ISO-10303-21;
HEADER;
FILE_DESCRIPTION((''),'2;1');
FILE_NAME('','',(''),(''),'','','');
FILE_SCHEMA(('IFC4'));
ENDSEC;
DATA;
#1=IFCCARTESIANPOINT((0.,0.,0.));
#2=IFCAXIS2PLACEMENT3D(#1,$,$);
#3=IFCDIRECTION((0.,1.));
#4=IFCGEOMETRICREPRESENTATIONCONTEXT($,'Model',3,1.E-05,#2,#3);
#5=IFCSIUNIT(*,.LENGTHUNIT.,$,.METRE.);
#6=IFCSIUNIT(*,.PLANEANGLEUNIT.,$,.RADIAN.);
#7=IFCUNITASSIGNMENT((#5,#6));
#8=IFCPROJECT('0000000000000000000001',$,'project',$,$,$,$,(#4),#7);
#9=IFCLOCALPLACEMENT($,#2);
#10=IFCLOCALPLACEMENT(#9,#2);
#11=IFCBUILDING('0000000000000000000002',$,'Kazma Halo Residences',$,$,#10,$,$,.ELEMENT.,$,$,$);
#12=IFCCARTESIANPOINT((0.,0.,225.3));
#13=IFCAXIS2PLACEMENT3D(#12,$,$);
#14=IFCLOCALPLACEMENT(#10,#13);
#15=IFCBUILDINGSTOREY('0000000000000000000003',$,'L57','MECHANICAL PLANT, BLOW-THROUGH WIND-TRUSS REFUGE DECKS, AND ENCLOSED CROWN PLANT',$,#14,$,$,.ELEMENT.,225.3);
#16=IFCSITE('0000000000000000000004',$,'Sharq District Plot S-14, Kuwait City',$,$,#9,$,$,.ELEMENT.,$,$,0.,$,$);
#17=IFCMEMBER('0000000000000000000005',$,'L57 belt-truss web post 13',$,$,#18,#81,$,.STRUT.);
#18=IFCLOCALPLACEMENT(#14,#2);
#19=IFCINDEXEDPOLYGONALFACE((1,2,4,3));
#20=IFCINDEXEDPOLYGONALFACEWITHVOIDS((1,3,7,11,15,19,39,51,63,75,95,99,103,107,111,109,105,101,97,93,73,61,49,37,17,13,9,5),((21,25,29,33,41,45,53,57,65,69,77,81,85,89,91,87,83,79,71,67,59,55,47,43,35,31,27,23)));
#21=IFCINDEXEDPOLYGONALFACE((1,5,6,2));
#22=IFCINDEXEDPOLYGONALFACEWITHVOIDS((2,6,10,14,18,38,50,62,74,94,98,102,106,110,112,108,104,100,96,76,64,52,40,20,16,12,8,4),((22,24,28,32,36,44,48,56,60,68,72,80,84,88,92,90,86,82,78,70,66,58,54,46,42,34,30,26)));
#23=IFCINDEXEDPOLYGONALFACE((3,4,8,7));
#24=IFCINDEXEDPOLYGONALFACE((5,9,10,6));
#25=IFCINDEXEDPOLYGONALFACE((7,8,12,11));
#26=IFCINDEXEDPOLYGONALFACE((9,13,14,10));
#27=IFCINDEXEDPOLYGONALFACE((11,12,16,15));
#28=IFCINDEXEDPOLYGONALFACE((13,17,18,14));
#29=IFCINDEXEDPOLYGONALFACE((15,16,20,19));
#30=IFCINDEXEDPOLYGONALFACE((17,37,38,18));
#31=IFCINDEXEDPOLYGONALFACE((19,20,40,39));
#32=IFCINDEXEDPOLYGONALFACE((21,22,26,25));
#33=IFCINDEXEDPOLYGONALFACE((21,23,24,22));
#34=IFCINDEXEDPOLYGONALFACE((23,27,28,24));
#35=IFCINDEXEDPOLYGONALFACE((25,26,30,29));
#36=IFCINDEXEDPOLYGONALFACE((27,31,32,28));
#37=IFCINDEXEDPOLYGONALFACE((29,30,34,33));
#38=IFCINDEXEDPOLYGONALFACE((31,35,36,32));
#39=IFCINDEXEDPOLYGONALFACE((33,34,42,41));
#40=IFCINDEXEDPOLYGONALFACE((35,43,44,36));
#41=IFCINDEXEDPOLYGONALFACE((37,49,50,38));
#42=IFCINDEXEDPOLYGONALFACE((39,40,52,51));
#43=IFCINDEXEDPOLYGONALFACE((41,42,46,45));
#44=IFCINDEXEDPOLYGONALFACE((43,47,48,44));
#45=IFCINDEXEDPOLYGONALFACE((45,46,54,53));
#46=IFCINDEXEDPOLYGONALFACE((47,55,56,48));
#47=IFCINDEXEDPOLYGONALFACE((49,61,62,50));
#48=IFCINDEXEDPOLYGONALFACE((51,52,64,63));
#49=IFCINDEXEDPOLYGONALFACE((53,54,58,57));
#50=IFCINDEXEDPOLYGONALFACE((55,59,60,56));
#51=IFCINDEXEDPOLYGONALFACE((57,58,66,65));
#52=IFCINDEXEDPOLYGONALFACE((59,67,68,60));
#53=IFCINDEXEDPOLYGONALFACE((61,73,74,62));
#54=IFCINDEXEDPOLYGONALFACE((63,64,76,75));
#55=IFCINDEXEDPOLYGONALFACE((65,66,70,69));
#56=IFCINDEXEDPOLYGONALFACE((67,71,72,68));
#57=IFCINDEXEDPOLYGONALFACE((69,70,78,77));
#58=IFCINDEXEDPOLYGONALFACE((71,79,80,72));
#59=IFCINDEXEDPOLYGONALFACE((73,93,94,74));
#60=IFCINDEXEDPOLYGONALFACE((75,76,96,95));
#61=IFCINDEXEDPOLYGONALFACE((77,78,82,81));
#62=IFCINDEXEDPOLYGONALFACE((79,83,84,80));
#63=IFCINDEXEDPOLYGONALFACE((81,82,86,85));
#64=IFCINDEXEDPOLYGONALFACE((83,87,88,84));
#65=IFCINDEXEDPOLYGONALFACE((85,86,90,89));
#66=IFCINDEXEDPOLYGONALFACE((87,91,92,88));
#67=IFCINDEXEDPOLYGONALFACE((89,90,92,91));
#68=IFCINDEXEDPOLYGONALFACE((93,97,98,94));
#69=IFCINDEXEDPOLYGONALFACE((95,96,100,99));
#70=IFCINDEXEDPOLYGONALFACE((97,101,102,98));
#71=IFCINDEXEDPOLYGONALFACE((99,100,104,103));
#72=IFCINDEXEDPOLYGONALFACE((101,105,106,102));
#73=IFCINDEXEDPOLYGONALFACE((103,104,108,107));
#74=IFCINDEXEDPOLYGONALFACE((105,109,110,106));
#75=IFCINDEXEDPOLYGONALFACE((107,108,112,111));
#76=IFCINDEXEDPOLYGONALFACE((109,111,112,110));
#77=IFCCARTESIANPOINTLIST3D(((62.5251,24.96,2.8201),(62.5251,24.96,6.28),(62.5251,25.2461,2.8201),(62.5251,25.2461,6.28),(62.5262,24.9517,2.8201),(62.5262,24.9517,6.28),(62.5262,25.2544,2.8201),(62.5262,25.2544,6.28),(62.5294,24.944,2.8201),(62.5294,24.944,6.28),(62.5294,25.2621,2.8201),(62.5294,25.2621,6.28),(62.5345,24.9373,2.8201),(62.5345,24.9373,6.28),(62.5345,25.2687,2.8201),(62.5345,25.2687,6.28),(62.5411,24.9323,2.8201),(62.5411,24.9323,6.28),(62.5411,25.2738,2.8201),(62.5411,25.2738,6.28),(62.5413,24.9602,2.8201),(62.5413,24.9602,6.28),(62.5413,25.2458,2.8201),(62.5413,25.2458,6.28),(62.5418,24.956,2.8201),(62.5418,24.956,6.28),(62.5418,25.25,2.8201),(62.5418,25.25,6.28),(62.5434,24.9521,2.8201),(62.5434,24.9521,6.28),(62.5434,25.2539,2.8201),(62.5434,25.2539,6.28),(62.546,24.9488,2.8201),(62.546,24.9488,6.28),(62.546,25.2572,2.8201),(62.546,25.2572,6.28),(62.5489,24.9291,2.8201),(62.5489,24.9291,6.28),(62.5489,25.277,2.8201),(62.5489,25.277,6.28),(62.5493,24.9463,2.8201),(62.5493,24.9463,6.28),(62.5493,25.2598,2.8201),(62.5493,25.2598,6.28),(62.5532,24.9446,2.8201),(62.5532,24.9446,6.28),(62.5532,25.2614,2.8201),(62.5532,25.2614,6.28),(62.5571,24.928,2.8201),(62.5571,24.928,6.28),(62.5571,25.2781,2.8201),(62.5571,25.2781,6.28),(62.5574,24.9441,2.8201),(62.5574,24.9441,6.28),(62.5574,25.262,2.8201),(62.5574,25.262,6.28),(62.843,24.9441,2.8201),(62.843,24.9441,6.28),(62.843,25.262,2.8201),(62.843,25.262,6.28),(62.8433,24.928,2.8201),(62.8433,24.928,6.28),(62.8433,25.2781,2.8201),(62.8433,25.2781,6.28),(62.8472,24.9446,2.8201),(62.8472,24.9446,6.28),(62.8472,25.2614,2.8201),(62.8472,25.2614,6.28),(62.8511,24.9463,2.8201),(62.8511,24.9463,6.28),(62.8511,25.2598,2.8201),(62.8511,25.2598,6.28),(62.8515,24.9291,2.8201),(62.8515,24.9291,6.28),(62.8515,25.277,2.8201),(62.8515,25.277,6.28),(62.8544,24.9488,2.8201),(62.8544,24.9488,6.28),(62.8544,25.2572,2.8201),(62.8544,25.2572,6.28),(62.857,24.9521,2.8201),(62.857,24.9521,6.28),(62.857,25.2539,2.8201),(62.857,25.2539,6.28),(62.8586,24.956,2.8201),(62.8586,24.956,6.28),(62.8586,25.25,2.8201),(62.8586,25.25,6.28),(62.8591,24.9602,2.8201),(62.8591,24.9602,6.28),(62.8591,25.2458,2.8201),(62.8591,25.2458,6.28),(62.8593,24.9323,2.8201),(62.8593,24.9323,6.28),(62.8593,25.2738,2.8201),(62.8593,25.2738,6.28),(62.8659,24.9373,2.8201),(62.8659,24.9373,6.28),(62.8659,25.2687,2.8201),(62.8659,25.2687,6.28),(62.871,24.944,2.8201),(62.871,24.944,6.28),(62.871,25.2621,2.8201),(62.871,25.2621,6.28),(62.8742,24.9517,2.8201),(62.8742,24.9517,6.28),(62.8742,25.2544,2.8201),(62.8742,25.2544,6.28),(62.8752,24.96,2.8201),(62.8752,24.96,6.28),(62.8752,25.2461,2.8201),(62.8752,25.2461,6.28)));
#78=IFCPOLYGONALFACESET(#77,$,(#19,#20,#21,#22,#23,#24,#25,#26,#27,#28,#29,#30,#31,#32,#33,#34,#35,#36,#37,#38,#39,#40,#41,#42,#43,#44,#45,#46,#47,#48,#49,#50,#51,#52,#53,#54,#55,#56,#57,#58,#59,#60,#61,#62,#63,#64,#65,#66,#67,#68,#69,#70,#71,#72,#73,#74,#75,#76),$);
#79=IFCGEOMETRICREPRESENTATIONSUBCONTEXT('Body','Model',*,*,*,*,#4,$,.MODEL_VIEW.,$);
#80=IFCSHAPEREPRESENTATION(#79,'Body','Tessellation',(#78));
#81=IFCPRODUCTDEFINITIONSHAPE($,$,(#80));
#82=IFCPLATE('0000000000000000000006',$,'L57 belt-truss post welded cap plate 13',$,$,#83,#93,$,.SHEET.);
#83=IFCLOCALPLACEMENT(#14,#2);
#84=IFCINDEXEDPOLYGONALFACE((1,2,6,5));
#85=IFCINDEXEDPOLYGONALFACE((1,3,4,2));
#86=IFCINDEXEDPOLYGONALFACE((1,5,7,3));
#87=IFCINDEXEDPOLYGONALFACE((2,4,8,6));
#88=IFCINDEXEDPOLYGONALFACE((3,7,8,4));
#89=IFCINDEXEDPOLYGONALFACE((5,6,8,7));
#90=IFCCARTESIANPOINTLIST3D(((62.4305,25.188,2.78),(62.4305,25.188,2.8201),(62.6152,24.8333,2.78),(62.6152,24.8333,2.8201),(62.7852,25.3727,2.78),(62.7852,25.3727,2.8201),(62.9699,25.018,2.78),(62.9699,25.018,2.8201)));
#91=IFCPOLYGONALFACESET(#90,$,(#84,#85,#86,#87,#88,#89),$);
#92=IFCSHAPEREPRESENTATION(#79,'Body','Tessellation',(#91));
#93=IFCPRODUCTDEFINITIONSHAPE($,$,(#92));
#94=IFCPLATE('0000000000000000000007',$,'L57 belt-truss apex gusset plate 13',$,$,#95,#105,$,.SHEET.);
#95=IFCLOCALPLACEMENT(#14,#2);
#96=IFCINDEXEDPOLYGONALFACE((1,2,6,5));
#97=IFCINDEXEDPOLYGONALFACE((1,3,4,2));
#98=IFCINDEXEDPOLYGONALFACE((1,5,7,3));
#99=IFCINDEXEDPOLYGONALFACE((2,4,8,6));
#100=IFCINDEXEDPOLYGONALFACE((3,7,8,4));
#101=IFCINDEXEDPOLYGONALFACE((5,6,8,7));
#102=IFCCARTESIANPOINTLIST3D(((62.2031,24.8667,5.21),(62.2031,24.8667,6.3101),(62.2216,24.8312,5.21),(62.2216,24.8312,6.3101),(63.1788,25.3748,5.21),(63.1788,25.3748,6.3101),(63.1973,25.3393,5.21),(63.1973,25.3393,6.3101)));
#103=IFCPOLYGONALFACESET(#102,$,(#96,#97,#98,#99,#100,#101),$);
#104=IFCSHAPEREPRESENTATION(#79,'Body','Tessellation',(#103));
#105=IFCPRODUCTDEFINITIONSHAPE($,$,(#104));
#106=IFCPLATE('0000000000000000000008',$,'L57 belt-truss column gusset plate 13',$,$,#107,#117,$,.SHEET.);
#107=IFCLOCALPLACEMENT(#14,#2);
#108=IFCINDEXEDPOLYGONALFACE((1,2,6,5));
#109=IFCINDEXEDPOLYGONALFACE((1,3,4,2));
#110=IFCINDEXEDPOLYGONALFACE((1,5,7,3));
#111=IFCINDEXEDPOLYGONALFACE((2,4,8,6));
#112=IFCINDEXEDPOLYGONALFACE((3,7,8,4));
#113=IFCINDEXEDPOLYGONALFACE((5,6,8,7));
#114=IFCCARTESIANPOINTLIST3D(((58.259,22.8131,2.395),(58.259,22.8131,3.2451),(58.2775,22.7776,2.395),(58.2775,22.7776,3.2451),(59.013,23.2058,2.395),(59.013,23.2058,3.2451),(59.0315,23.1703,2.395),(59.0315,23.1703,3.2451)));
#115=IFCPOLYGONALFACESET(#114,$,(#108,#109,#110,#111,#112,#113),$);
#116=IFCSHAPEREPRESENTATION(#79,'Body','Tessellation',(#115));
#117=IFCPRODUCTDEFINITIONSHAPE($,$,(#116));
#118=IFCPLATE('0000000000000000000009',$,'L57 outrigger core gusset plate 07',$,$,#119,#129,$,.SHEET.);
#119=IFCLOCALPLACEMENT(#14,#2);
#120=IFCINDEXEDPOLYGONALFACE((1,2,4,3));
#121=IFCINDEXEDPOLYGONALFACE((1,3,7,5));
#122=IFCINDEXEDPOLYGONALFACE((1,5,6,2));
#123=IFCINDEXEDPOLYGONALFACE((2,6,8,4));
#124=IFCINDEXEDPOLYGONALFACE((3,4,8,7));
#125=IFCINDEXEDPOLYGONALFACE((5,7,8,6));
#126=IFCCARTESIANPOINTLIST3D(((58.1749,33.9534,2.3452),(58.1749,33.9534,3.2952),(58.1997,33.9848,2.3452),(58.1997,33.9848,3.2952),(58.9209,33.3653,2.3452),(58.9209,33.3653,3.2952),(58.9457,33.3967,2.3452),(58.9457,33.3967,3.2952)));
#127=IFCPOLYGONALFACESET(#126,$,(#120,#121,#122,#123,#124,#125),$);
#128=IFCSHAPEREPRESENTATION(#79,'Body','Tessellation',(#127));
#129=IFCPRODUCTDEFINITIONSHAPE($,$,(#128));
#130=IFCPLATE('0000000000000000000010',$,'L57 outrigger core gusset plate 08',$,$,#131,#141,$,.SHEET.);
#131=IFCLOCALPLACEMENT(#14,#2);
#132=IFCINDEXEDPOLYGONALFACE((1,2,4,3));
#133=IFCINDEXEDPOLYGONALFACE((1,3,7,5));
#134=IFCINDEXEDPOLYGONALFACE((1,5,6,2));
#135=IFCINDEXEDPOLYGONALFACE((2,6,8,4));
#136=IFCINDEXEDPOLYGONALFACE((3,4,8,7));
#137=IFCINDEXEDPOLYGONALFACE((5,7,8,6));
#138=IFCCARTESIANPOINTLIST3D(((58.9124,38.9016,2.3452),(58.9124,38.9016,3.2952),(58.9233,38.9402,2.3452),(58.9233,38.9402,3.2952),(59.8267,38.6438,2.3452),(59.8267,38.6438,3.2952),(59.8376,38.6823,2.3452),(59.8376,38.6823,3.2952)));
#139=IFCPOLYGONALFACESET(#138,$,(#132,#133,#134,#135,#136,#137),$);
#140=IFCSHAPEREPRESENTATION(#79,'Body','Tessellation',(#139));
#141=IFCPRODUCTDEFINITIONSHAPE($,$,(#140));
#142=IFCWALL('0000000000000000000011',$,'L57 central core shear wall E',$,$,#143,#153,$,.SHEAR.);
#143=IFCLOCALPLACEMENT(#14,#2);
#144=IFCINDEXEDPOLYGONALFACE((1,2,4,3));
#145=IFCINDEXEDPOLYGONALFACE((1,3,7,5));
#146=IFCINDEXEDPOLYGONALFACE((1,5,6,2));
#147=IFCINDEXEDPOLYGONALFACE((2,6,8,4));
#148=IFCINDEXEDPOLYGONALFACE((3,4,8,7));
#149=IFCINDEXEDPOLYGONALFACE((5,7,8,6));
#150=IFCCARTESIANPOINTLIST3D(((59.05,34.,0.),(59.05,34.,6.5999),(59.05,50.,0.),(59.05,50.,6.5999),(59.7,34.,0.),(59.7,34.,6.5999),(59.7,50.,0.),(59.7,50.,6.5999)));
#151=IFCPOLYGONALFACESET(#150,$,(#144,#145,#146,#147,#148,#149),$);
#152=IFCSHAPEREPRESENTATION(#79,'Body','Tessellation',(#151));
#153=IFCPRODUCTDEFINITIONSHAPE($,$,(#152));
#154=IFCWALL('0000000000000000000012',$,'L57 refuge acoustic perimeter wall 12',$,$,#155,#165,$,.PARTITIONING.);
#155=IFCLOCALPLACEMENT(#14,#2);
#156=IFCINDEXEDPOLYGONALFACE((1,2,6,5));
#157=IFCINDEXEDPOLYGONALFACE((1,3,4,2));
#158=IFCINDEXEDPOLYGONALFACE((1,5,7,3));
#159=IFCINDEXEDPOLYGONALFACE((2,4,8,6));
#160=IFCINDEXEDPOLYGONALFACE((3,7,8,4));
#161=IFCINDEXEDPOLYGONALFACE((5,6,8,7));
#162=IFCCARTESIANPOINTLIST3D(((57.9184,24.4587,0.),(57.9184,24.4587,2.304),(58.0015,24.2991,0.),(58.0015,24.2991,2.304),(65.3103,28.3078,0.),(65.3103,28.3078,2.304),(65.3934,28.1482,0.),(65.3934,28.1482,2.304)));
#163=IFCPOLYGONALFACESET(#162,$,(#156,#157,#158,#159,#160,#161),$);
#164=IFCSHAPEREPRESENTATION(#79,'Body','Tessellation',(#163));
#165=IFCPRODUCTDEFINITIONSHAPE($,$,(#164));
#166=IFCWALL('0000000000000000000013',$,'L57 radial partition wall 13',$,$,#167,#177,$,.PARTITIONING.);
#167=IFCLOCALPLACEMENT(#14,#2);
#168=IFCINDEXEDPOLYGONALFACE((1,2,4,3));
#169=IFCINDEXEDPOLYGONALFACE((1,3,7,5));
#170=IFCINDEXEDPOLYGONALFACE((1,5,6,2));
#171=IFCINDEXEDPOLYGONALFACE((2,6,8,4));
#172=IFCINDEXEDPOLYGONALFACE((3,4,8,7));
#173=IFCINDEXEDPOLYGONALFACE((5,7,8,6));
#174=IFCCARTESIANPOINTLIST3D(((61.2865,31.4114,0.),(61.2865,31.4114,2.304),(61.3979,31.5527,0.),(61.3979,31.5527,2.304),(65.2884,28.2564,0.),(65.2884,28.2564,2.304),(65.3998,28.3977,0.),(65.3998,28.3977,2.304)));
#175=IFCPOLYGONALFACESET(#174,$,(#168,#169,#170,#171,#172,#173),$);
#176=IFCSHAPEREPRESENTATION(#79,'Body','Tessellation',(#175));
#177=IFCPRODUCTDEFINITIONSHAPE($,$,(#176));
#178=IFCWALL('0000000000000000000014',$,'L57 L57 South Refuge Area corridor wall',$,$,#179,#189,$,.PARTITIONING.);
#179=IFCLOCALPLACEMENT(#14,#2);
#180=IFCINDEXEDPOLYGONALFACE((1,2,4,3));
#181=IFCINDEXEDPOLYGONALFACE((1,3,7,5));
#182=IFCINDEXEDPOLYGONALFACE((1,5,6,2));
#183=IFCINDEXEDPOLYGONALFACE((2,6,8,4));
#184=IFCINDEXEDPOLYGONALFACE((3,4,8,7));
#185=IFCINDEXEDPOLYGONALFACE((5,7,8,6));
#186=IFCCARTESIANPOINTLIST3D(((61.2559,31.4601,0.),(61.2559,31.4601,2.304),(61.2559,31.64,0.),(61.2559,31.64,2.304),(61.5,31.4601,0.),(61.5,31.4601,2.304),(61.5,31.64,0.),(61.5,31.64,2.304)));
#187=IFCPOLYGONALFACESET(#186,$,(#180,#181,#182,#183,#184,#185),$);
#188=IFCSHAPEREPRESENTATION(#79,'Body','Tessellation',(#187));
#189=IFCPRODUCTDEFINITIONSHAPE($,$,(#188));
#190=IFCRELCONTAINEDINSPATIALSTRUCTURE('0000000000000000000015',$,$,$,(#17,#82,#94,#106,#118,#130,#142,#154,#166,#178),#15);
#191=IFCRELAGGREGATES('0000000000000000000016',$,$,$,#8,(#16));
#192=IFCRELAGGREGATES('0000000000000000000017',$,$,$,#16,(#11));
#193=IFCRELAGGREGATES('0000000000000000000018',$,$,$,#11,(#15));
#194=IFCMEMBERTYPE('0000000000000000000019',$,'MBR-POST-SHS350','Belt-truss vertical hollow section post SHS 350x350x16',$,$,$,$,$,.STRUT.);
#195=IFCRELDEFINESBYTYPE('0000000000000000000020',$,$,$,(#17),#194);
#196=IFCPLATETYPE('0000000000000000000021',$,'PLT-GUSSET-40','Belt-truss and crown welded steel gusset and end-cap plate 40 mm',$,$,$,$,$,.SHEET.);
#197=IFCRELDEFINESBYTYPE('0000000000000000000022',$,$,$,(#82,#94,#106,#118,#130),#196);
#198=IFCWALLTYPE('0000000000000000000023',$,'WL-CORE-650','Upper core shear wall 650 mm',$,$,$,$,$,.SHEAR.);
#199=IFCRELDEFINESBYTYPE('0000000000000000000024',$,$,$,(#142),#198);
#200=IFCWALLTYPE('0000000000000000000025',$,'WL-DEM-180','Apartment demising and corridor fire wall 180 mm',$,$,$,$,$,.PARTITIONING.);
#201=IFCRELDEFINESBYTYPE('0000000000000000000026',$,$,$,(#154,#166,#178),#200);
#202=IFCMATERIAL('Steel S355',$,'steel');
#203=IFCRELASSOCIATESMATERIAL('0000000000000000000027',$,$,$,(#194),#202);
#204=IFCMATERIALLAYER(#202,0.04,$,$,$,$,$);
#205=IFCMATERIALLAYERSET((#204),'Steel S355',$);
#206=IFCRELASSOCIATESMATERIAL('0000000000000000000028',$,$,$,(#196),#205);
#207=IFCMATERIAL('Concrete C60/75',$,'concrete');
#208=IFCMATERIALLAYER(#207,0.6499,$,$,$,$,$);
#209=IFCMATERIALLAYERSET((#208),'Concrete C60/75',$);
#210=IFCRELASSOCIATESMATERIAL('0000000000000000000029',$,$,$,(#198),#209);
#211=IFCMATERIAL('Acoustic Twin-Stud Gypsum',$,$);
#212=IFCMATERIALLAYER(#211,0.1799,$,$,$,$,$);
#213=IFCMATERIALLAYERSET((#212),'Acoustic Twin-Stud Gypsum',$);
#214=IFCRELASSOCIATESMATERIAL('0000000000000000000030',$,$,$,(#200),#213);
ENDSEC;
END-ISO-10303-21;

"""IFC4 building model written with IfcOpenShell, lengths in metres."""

from ifc_helpers import new_model, si_unit, direction, frame, frame_2d, origin, origin_2d, place, context, subcontext, project, spatial, rectangle, hollow_rectangle, extrude, material, layer, layer_set, material_profile, profile_set, type_object, element, save


model = new_model("IFC4")

# Units and contexts
model_context = context("Model", 3, precision=1e-05, world=origin(), true_north=direction((0.0, 1.0)))
body_context = subcontext(model_context, "Body", "Model", "MODEL_VIEW")
ifc_project = project(units=[si_unit("LENGTHUNIT", "METRE"), si_unit("PLANEANGLEUNIT", "RADIAN")], contexts=[model_context])

# Site, building, storey
site_placement = place(None, origin())
site = spatial("IfcSite", under=ifc_project, at=site_placement, Name="Sharq District Plot S-14, Kuwait City", CompositionType="ELEMENT", RefElevation=0.0)
building_placement = place(site_placement, origin())
building = spatial("IfcBuilding", under=site, at=building_placement, Name="Kazma Halo Residences", CompositionType="ELEMENT")
storey_placement = place(building_placement, frame((0.0, 0.0, 225.3)))
storey = spatial("IfcBuildingStorey", under=building, at=storey_placement, Name="L57", Description="MECHANICAL PLANT, BLOW-THROUGH WIND-TRUSS REFUGE DECKS, AND ENCLOSED CROWN PLANT", CompositionType="ELEMENT", Elevation=225.3)

# Shared definitions
ifc_material_1 = material(Name="Steel S355", Category="steel")

# Member
ifc_material_profile_1 = material_profile(ifc_material_1, hollow_rectangle(XDim=0.3501, YDim=0.3501, WallThickness=0.0161, InnerFilletRadius=0.0161, OuterFilletRadius=0.032, at=origin_2d()), Name="SHS350x350x16")
ifc_profile_set_1 = profile_set([ifc_material_profile_1], Name="Steel S355")
member_type_1 = type_object("IfcMemberType", Name="MBR-POST-SHS350", Description="Belt-truss vertical hollow section post SHS 350x350x16", PredefinedType="STRUT", material=ifc_profile_set_1)
member_1_placement = place(storey_placement, frame((62.7002, 25.103, 2.8201), z_axis=(0.0, 0.0, 1.0), x_axis=(1.0, 0.0, 0.0)))
element("IfcMember", 1, at=member_1_placement, inside=storey, type_object=member_type_1, Name="L57 belt-truss web post 13", PredefinedType="STRUT", context=body_context, shape_type="SweptSolid", body=[
    extrude(hollow_rectangle(XDim=0.3501, YDim=0.3501, WallThickness=0.0161, InnerFilletRadius=0.0161, OuterFilletRadius=0.032, at=origin_2d()), origin(), (0.0, 0.0, 1.0), 3.46),
])

# Plates
ifc_layer_1 = layer(ifc_material_1, 0.04)
ifc_layer_set_1 = layer_set([ifc_layer_1], Name="Steel S355")
plate_type = type_object("IfcPlateType", Name="PLT-GUSSET-40", Description="Belt-truss and crown welded steel gusset and end-cap plate 40 mm", PredefinedType="SHEET", material=ifc_layer_set_1)
plate_1_placement = place(storey_placement, frame((62.7002, 25.103, 2.78), z_axis=(0.0, 0.0, 1.0), x_axis=(0.88695, 0.461865, 0.0)))
element("IfcPlate", 2, at=plate_1_placement, inside=storey, type_object=plate_type, Name="L57 belt-truss post welded cap plate 13", PredefinedType="SHEET", context=body_context, shape_type="SweptSolid", body=[
    extrude(rectangle(XDim=0.3999, YDim=0.3999, at=origin_2d()), origin(), (0.0, 0.0, 1.0), 0.04),
])
plate_2_placement = place(storey_placement, frame((62.7002, 25.103, 5.21), z_axis=(0.0, 0.0, 1.0), x_axis=(0.88695, 0.461865, 0.0)))
element("IfcPlate", 3, at=plate_2_placement, inside=storey, type_object=plate_type, Name="L57 belt-truss apex gusset plate 13", PredefinedType="SHEET", context=body_context, shape_type="SweptSolid", body=[
    extrude(rectangle(XDim=1.1001, YDim=0.04, at=origin_2d()), origin(), (0.0, 0.0, 1.0), 1.1001),
])
plate_3_placement = place(storey_placement, frame((58.6453, 22.9917, 2.395), z_axis=(0.0, 0.0, 1.0), x_axis=(0.88695, 0.461865, 0.0)))
element("IfcPlate", 4, at=plate_3_placement, inside=storey, type_object=plate_type, Name="L57 belt-truss column gusset plate 13", PredefinedType="SHEET", context=body_context, shape_type="SweptSolid", body=[
    extrude(rectangle(XDim=0.8501, YDim=0.04, at=origin_2d()), origin(), (0.0, 0.0, 1.0), 0.8501),
])
for number, where, z_axis, x_axis, name in (
    (5, (58.5603, 33.675, 2.3452), (0.0, 0.0, 1.0), (0.785319, -0.619092, 0.0), "L57 outrigger core gusset plate 07"),
    (6, (59.375, 38.792, 2.3452), (0.0, 0.0, 1.0), (0.962457, -0.271436, 0.0), "L57 outrigger core gusset plate 08"),
):
    element("IfcPlate", number, at=place(storey_placement, frame(where, z_axis=z_axis, x_axis=x_axis)), inside=storey, type_object=plate_type, Name=name, PredefinedType="SHEET", context=body_context, shape_type="SweptSolid", body=[
        extrude(rectangle(XDim=0.95, YDim=0.04, at=origin_2d()), origin(), (0.0, 0.0, 1.0), 0.95),
    ])

# Walls
ifc_material_2 = material(Name="Concrete C60/75", Category="concrete")
ifc_layer_2 = layer(ifc_material_2, 0.6499)
ifc_layer_set_2 = layer_set([ifc_layer_2], Name="Concrete C60/75")
wall_type_1 = type_object("IfcWallType", Name="WL-CORE-650", Description="Upper core shear wall 650 mm", PredefinedType="SHEAR", material=ifc_layer_set_2)
wall_1_placement = place(storey_placement, frame((59.375, 34.0, 0.0), z_axis=(0.0, 0.0, 1.0), x_axis=(0.0, 1.0, 0.0)))
element("IfcWall", 7, at=wall_1_placement, inside=storey, type_object=wall_type_1, Name="L57 central core shear wall E", PredefinedType="SHEAR", context=body_context, shape_type="SweptSolid", body=[
    extrude(rectangle(XDim=16.0, YDim=0.6499, at=frame_2d((8.0, 0.0))), origin(), (0.0, 0.0, 1.0), 6.5999),
])
ifc_material_3 = material(Name="Acoustic Twin-Stud Gypsum")
ifc_layer_3 = layer(ifc_material_3, 0.1799)
ifc_layer_set_3 = layer_set([ifc_layer_3], Name="Acoustic Twin-Stud Gypsum")
wall_type_2 = type_object("IfcWallType", Name="WL-DEM-180", Description="Apartment demising and corridor fire wall 180 mm", PredefinedType="PARTITIONING", material=ifc_layer_set_3)
wall_2_placement = place(storey_placement, frame((57.96, 24.3789, 0.0), z_axis=(0.0, 0.0, 1.0), x_axis=(0.886953, 0.461859, 0.0)))
element("IfcWall", 8, at=wall_2_placement, inside=storey, type_object=wall_type_2, Name="L57 refuge acoustic perimeter wall 12", PredefinedType="PARTITIONING", context=body_context, shape_type="SweptSolid", body=[
    extrude(rectangle(XDim=8.334, YDim=0.1799, at=frame_2d((4.167, 0.0))), origin(), (0.0, 0.0, 1.0), 2.304),
])
wall_3_placement = place(storey_placement, frame((61.3423, 31.4819, 0.0), z_axis=(0.0, 0.0, 1.0), x_axis=(0.785303, -0.619111, 0.0)))
element("IfcWall", 9, at=wall_3_placement, inside=storey, type_object=wall_type_2, Name="L57 radial partition wall 13", PredefinedType="PARTITIONING", context=body_context, shape_type="SweptSolid", body=[
    extrude(rectangle(XDim=5.0959, YDim=0.1799, at=frame_2d((2.5479, 0.0))), origin(), (0.0, 0.0, 1.0), 2.304),
])
wall_4_placement = place(storey_placement, frame((61.2559, 31.55, 0.0), z_axis=(0.0, 0.0, 1.0), x_axis=(1.0, 0.0, 0.0)))
element("IfcWall", 10, at=wall_4_placement, inside=storey, type_object=wall_type_2, Name="L57 L57 South Refuge Area corridor wall", PredefinedType="PARTITIONING", context=body_context, shape_type="SweptSolid", body=[
    extrude(rectangle(XDim=0.2441, YDim=0.1799, at=frame_2d((0.1221, 0.0))), origin(), (0.0, 0.0, 1.0), 2.304),
])

save(model, "model.ifc")
